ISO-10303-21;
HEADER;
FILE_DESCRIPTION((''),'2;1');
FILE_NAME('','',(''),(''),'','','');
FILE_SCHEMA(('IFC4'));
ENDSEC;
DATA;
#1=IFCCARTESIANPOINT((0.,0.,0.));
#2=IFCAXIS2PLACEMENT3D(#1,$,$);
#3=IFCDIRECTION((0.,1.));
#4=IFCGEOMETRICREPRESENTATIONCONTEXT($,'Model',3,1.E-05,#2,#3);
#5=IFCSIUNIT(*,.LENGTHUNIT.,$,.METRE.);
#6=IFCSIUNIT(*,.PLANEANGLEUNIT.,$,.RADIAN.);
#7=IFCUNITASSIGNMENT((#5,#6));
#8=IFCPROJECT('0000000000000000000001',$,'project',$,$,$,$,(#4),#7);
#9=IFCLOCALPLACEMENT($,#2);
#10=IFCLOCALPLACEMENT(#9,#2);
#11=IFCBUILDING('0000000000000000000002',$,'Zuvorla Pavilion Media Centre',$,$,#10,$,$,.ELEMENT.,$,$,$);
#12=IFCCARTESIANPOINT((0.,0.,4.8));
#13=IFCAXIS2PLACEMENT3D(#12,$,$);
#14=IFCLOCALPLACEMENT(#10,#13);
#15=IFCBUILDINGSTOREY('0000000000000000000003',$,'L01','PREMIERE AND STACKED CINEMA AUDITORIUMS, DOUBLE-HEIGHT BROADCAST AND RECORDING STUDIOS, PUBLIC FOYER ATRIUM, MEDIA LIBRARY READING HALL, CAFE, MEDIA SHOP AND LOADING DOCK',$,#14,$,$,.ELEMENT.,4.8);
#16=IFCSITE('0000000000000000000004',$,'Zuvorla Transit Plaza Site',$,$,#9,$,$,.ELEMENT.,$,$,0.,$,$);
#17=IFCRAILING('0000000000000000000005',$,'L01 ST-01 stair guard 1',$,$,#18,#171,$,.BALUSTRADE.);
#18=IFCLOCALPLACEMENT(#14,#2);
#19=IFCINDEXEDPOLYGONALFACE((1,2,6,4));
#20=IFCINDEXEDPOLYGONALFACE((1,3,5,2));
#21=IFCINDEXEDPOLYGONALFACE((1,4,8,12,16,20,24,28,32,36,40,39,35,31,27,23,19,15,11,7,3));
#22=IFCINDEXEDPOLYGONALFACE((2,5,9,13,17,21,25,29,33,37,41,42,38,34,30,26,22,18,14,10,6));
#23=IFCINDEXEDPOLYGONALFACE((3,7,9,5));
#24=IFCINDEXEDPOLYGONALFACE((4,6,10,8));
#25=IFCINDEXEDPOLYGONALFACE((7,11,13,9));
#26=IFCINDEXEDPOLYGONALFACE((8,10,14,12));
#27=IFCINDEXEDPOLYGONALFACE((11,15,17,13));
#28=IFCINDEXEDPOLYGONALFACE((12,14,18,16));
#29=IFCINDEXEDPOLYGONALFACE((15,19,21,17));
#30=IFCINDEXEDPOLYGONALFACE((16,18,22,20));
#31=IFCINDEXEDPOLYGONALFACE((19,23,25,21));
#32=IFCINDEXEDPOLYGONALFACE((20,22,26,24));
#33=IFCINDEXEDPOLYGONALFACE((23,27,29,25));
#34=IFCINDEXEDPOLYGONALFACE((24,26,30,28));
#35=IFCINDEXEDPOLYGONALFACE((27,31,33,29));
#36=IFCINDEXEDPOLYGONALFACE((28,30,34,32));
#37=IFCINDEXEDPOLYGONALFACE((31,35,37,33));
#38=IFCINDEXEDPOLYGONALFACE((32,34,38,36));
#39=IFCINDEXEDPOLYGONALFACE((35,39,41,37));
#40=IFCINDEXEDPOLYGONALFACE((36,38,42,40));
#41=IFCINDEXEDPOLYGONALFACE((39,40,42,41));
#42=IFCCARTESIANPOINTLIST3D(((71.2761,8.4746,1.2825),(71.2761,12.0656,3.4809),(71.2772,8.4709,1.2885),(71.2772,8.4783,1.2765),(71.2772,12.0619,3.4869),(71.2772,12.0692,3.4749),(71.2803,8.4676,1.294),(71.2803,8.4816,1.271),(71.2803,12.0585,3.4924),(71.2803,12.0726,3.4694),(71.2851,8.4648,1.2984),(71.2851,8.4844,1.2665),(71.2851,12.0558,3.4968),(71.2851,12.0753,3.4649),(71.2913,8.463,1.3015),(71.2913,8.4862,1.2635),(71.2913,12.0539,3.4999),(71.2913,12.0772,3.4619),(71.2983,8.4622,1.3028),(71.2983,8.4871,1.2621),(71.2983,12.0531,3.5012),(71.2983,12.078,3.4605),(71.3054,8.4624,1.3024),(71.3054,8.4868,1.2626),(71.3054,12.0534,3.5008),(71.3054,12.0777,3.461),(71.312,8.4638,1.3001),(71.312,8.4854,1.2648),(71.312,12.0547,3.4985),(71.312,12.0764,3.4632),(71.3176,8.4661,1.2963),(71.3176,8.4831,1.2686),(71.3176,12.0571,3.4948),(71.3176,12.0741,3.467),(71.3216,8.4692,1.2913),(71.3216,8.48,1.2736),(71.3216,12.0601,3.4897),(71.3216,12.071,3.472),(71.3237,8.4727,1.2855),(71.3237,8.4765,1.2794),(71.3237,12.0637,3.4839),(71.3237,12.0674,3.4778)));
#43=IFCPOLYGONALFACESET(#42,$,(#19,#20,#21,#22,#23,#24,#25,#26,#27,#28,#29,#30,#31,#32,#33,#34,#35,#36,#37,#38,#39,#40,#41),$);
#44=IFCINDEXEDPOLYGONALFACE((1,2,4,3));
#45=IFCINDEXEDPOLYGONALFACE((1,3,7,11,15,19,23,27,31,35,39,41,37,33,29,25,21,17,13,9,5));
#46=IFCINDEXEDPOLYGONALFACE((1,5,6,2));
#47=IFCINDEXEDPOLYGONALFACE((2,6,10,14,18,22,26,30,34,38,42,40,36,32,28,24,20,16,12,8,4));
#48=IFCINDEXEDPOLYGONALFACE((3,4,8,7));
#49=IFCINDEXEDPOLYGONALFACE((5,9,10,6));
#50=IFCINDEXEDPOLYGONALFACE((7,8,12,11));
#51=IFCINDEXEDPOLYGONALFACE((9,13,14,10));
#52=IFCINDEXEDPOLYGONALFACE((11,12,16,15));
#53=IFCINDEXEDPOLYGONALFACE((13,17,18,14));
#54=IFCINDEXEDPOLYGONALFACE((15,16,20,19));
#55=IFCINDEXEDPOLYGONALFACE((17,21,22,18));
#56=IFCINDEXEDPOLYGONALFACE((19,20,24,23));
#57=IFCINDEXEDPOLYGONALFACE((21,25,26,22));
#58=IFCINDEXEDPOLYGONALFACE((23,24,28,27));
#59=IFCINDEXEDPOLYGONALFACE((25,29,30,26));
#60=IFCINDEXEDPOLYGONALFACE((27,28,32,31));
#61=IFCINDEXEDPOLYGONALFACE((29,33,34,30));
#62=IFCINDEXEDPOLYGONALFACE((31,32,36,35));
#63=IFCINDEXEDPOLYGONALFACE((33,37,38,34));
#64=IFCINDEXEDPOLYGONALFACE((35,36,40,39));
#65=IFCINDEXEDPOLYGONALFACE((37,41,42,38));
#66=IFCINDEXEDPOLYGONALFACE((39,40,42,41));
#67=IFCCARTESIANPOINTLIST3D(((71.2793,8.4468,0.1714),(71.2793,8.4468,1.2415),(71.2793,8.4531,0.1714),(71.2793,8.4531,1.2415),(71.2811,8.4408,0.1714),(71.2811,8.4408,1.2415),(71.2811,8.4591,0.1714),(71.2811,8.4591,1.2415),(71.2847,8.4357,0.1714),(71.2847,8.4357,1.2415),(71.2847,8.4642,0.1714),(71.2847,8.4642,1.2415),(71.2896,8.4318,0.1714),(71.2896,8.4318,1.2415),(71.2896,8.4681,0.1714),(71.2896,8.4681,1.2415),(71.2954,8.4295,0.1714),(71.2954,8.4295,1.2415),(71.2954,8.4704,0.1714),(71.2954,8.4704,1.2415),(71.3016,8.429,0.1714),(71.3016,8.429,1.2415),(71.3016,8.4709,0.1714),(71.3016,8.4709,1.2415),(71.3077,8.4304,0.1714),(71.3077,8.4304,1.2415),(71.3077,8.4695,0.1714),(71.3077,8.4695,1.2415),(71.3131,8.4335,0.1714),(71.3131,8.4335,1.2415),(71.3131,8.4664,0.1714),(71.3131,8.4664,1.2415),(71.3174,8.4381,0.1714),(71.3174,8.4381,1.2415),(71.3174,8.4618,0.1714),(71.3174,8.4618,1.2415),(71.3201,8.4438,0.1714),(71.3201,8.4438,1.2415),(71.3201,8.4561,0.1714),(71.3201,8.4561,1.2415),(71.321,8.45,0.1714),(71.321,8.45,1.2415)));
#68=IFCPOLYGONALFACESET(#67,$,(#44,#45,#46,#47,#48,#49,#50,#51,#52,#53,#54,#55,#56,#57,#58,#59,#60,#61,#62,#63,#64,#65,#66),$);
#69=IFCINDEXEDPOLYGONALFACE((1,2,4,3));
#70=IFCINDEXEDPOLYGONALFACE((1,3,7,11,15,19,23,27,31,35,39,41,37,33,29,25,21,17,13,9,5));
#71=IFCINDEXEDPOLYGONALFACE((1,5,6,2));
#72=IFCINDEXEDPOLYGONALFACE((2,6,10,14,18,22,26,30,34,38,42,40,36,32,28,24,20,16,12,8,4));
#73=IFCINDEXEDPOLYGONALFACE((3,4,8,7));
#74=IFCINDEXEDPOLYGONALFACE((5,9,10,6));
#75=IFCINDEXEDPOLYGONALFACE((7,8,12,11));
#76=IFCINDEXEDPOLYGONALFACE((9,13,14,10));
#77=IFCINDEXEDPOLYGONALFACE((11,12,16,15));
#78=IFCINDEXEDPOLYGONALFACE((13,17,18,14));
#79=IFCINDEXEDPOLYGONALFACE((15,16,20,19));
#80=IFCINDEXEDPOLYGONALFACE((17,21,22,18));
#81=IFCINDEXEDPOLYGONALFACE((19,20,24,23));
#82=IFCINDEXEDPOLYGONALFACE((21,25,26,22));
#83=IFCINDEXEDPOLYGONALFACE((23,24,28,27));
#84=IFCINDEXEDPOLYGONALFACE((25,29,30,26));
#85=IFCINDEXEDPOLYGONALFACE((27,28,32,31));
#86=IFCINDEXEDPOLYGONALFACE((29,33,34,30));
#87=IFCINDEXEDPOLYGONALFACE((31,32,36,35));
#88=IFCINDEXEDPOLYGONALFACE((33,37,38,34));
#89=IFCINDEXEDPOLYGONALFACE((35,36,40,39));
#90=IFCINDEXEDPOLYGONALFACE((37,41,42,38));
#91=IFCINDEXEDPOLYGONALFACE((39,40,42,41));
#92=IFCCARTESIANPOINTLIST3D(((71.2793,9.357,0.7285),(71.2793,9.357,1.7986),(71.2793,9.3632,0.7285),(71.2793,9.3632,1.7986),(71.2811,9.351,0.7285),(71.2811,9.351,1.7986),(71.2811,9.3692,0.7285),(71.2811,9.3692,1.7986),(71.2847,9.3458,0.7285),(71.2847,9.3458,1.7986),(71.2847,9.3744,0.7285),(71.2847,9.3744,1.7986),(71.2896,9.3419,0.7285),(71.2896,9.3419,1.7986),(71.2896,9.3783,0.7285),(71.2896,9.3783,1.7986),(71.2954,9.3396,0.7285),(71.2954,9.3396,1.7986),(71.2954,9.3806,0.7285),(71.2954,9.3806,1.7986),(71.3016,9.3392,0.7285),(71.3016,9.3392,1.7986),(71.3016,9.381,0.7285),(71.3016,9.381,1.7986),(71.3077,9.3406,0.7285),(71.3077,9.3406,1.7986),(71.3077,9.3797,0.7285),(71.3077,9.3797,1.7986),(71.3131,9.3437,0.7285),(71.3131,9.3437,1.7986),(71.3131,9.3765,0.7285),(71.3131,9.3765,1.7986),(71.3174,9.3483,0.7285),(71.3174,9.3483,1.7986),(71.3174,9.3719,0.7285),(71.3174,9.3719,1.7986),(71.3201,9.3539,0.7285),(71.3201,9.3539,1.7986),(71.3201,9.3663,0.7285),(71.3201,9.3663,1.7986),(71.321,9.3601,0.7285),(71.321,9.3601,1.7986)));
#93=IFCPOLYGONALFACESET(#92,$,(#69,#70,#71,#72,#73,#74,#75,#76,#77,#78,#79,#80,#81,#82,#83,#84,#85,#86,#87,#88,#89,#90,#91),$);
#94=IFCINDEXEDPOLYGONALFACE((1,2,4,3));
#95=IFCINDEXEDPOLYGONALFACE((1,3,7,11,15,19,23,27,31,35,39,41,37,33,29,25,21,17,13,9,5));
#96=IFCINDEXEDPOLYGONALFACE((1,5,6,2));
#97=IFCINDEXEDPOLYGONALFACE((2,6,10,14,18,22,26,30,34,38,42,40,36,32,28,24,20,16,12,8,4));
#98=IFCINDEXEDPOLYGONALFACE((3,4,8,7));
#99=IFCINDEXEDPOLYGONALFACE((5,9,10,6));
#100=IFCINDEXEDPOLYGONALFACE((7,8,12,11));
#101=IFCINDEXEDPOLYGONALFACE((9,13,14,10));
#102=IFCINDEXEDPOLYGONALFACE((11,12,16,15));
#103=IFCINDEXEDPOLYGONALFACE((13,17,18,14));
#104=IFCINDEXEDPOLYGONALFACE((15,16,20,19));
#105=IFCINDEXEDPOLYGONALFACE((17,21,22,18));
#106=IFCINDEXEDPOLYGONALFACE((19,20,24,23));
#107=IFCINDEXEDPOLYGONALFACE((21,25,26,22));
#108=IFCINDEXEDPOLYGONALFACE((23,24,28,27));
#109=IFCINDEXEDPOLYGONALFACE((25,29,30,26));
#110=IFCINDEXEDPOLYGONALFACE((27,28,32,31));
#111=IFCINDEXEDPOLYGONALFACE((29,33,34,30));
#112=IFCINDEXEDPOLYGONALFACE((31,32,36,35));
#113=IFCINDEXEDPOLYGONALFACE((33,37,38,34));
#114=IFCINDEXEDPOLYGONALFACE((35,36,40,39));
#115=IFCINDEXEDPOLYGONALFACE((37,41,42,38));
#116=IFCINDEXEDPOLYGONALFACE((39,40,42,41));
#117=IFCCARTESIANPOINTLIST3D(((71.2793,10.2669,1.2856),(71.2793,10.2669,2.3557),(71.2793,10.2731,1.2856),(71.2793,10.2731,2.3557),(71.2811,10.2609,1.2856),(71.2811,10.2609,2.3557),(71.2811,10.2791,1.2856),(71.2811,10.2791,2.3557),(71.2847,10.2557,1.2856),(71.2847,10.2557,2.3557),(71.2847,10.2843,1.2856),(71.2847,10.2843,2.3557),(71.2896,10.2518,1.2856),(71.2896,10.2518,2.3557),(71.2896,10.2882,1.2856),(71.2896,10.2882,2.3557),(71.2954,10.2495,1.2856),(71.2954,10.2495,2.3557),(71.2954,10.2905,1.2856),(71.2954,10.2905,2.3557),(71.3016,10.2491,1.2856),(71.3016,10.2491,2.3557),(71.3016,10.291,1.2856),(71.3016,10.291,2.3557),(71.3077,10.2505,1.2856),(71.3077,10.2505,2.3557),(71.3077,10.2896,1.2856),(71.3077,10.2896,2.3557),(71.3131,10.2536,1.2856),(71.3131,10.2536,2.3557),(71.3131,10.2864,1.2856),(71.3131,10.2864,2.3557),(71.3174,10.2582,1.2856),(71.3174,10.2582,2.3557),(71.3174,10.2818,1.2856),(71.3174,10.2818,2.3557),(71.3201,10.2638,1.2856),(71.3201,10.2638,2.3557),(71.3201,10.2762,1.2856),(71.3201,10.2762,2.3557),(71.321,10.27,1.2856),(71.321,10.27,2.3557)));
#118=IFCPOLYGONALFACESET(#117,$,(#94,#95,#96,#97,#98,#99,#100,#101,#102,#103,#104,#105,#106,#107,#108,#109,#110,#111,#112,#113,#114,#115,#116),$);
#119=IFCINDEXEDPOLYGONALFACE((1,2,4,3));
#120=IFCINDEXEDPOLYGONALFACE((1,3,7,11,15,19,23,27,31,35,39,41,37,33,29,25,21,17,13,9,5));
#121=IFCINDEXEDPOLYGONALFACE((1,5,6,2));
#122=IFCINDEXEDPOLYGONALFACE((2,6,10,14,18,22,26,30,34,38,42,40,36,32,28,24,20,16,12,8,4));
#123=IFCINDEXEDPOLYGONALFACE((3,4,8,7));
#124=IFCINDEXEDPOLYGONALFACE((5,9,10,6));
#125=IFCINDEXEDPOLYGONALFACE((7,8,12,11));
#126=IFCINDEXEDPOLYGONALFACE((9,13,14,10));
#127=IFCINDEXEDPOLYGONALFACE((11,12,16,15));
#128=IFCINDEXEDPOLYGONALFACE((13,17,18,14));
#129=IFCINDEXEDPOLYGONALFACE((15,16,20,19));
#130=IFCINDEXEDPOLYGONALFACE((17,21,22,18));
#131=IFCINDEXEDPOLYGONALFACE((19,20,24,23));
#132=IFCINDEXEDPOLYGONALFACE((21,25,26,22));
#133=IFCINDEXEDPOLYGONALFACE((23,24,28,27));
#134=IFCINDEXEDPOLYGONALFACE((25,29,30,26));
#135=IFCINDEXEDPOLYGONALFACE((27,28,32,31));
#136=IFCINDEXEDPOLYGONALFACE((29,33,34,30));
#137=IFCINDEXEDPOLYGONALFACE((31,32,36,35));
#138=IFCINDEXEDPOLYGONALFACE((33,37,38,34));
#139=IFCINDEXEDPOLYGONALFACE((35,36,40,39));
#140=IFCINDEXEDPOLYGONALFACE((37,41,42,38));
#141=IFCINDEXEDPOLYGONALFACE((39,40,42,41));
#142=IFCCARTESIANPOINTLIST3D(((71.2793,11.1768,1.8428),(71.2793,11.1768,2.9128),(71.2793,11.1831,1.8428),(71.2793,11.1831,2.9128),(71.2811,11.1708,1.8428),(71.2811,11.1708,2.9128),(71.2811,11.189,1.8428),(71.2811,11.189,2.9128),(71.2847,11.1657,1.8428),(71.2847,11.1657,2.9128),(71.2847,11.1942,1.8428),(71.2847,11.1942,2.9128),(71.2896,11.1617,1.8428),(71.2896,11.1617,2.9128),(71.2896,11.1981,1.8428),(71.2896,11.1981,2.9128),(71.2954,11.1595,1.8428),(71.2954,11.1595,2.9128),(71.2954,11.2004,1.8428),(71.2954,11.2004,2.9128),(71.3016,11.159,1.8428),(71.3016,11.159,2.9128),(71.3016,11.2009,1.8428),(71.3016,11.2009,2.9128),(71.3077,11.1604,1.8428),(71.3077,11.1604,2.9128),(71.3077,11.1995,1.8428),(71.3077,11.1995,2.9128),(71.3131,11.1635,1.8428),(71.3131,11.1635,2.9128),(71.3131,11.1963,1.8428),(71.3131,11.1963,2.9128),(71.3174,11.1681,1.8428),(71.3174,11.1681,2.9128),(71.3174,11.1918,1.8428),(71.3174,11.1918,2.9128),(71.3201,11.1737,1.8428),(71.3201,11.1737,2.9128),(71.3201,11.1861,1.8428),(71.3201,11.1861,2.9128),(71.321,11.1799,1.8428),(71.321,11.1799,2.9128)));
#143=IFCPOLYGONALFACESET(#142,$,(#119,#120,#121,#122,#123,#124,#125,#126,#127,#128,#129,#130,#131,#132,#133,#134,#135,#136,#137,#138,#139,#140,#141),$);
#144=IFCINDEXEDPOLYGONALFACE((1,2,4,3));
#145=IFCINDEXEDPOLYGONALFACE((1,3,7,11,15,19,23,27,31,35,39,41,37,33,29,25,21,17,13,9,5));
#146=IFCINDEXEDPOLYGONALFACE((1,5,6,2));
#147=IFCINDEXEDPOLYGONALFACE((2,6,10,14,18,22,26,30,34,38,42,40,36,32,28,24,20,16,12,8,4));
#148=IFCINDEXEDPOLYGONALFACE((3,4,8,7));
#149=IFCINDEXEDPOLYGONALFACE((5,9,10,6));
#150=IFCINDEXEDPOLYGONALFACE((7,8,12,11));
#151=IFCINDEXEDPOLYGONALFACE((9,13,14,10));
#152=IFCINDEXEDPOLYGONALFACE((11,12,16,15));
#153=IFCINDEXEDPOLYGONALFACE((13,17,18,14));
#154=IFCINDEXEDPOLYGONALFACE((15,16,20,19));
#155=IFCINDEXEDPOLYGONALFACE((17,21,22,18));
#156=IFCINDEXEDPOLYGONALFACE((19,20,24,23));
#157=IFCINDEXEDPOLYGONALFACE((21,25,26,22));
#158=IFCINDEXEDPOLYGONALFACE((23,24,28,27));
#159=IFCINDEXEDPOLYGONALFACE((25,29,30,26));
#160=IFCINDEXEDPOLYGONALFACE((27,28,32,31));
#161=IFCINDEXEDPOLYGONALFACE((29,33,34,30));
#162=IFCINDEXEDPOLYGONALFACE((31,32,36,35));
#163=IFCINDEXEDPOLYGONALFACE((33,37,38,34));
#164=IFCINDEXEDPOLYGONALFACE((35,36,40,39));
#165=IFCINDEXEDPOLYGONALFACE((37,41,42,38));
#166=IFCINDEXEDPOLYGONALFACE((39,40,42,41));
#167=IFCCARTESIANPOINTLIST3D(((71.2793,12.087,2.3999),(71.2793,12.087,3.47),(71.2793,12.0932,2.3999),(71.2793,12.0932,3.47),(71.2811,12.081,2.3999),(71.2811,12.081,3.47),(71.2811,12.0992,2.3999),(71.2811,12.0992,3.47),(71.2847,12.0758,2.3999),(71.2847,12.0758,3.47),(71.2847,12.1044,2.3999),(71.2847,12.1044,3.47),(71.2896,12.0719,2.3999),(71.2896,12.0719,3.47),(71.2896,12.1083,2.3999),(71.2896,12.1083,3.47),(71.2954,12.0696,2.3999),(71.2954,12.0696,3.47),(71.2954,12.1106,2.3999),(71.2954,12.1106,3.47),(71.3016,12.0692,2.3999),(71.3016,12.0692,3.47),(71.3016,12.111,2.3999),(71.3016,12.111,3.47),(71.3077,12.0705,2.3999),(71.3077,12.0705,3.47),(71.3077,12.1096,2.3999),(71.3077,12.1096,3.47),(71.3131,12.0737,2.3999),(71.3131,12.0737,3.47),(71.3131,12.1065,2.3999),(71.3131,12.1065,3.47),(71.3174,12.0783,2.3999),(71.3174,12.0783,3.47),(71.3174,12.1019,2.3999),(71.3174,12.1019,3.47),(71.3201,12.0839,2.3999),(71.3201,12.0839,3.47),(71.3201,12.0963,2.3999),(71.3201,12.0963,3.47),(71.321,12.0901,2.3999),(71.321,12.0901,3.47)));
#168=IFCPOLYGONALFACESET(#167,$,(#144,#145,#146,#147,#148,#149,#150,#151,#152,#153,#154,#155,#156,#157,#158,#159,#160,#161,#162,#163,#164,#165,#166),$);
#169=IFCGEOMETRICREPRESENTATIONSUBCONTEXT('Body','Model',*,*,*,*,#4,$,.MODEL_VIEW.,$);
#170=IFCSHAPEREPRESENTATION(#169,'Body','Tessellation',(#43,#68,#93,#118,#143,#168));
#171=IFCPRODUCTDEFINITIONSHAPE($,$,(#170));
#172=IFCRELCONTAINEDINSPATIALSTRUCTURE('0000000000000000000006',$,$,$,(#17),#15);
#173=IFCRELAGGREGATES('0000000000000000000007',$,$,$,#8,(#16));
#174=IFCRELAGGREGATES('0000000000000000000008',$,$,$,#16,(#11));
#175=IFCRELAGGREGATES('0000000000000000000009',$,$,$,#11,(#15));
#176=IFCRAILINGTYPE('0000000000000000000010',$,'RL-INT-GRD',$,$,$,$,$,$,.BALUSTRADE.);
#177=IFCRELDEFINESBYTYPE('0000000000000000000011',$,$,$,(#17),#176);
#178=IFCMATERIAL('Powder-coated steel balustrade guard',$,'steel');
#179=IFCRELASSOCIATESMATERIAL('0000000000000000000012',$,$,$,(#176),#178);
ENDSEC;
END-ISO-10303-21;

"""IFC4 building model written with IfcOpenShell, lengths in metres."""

from ifc_helpers import new_model, si_unit, direction, frame, origin, origin_2d, place, context, subcontext, project, spatial, circle, extrude, material, type_object, element, save


model = new_model("IFC4")

# Units and contexts
model_context = context("Model", 3, precision=1e-05, world=origin(), true_north=direction((0.0, 1.0)))
body_context = subcontext(model_context, "Body", "Model", "MODEL_VIEW")
ifc_project = project(units=[si_unit("LENGTHUNIT", "METRE"), si_unit("PLANEANGLEUNIT", "RADIAN")], contexts=[model_context])

# Site, building, storey
site_placement = place(None, origin())
site = spatial("IfcSite", under=ifc_project, at=site_placement, Name="Zuvorla Transit Plaza Site", CompositionType="ELEMENT", RefElevation=0.0)
building_placement = place(site_placement, origin())
building = spatial("IfcBuilding", under=site, at=building_placement, Name="Zuvorla Pavilion Media Centre", CompositionType="ELEMENT")
storey_placement = place(building_placement, frame((0.0, 0.0, 4.8)))
storey = spatial("IfcBuildingStorey", under=building, at=storey_placement, Name="L01", Description="PREMIERE AND STACKED CINEMA AUDITORIUMS, DOUBLE-HEIGHT BROADCAST AND RECORDING STUDIOS, PUBLIC FOYER ATRIUM, MEDIA LIBRARY READING HALL, CAFE, MEDIA SHOP AND LOADING DOCK", CompositionType="ELEMENT", Elevation=4.8)

# Railing
ifc_material_1 = material(Name="Powder-coated steel balustrade guard", Category="steel")
railing_type_1 = type_object("IfcRailingType", Name="RL-INT-GRD", PredefinedType="BALUSTRADE", material=ifc_material_1)
railing_1_placement = place(storey_placement, frame((71.3, 8.45, 0.1714)))
element("IfcRailing", 1, at=railing_1_placement, inside=storey, type_object=railing_type_1, Name="L01 ST-01 stair guard 1", PredefinedType="BALUSTRADE", context=body_context, shape_type="SweptSolid", body=[
    extrude(circle(Radius=0.0239, at=origin_2d()), frame((0.0, 0.0247, 1.1111), z_axis=(0.0, 0.852866, 0.52213), x_axis=(-1.0, 0.0, 0.0)), (0.0, 0.0, 1.0), 4.2104),
    extrude(circle(Radius=0.021, at=origin_2d()), origin(), (0.0, 0.0, 1.0), 1.0701),
    extrude(circle(Radius=0.021, at=origin_2d()), frame((0.0, 0.9102, 0.5571)), (0.0, 0.0, 1.0), 1.0701),
    extrude(circle(Radius=0.021, at=origin_2d()), frame((0.0, 1.8201, 1.1143)), (0.0, 0.0, 1.0), 1.0701),
    extrude(circle(Radius=0.021, at=origin_2d()), frame((0.0, 2.73, 1.6714)), (0.0, 0.0, 1.0), 1.0701),
    extrude(circle(Radius=0.021, at=origin_2d()), frame((0.0, 3.6401, 2.2285)), (0.0, 0.0, 1.0), 1.0701),
])

save(model, "model.ifc")
